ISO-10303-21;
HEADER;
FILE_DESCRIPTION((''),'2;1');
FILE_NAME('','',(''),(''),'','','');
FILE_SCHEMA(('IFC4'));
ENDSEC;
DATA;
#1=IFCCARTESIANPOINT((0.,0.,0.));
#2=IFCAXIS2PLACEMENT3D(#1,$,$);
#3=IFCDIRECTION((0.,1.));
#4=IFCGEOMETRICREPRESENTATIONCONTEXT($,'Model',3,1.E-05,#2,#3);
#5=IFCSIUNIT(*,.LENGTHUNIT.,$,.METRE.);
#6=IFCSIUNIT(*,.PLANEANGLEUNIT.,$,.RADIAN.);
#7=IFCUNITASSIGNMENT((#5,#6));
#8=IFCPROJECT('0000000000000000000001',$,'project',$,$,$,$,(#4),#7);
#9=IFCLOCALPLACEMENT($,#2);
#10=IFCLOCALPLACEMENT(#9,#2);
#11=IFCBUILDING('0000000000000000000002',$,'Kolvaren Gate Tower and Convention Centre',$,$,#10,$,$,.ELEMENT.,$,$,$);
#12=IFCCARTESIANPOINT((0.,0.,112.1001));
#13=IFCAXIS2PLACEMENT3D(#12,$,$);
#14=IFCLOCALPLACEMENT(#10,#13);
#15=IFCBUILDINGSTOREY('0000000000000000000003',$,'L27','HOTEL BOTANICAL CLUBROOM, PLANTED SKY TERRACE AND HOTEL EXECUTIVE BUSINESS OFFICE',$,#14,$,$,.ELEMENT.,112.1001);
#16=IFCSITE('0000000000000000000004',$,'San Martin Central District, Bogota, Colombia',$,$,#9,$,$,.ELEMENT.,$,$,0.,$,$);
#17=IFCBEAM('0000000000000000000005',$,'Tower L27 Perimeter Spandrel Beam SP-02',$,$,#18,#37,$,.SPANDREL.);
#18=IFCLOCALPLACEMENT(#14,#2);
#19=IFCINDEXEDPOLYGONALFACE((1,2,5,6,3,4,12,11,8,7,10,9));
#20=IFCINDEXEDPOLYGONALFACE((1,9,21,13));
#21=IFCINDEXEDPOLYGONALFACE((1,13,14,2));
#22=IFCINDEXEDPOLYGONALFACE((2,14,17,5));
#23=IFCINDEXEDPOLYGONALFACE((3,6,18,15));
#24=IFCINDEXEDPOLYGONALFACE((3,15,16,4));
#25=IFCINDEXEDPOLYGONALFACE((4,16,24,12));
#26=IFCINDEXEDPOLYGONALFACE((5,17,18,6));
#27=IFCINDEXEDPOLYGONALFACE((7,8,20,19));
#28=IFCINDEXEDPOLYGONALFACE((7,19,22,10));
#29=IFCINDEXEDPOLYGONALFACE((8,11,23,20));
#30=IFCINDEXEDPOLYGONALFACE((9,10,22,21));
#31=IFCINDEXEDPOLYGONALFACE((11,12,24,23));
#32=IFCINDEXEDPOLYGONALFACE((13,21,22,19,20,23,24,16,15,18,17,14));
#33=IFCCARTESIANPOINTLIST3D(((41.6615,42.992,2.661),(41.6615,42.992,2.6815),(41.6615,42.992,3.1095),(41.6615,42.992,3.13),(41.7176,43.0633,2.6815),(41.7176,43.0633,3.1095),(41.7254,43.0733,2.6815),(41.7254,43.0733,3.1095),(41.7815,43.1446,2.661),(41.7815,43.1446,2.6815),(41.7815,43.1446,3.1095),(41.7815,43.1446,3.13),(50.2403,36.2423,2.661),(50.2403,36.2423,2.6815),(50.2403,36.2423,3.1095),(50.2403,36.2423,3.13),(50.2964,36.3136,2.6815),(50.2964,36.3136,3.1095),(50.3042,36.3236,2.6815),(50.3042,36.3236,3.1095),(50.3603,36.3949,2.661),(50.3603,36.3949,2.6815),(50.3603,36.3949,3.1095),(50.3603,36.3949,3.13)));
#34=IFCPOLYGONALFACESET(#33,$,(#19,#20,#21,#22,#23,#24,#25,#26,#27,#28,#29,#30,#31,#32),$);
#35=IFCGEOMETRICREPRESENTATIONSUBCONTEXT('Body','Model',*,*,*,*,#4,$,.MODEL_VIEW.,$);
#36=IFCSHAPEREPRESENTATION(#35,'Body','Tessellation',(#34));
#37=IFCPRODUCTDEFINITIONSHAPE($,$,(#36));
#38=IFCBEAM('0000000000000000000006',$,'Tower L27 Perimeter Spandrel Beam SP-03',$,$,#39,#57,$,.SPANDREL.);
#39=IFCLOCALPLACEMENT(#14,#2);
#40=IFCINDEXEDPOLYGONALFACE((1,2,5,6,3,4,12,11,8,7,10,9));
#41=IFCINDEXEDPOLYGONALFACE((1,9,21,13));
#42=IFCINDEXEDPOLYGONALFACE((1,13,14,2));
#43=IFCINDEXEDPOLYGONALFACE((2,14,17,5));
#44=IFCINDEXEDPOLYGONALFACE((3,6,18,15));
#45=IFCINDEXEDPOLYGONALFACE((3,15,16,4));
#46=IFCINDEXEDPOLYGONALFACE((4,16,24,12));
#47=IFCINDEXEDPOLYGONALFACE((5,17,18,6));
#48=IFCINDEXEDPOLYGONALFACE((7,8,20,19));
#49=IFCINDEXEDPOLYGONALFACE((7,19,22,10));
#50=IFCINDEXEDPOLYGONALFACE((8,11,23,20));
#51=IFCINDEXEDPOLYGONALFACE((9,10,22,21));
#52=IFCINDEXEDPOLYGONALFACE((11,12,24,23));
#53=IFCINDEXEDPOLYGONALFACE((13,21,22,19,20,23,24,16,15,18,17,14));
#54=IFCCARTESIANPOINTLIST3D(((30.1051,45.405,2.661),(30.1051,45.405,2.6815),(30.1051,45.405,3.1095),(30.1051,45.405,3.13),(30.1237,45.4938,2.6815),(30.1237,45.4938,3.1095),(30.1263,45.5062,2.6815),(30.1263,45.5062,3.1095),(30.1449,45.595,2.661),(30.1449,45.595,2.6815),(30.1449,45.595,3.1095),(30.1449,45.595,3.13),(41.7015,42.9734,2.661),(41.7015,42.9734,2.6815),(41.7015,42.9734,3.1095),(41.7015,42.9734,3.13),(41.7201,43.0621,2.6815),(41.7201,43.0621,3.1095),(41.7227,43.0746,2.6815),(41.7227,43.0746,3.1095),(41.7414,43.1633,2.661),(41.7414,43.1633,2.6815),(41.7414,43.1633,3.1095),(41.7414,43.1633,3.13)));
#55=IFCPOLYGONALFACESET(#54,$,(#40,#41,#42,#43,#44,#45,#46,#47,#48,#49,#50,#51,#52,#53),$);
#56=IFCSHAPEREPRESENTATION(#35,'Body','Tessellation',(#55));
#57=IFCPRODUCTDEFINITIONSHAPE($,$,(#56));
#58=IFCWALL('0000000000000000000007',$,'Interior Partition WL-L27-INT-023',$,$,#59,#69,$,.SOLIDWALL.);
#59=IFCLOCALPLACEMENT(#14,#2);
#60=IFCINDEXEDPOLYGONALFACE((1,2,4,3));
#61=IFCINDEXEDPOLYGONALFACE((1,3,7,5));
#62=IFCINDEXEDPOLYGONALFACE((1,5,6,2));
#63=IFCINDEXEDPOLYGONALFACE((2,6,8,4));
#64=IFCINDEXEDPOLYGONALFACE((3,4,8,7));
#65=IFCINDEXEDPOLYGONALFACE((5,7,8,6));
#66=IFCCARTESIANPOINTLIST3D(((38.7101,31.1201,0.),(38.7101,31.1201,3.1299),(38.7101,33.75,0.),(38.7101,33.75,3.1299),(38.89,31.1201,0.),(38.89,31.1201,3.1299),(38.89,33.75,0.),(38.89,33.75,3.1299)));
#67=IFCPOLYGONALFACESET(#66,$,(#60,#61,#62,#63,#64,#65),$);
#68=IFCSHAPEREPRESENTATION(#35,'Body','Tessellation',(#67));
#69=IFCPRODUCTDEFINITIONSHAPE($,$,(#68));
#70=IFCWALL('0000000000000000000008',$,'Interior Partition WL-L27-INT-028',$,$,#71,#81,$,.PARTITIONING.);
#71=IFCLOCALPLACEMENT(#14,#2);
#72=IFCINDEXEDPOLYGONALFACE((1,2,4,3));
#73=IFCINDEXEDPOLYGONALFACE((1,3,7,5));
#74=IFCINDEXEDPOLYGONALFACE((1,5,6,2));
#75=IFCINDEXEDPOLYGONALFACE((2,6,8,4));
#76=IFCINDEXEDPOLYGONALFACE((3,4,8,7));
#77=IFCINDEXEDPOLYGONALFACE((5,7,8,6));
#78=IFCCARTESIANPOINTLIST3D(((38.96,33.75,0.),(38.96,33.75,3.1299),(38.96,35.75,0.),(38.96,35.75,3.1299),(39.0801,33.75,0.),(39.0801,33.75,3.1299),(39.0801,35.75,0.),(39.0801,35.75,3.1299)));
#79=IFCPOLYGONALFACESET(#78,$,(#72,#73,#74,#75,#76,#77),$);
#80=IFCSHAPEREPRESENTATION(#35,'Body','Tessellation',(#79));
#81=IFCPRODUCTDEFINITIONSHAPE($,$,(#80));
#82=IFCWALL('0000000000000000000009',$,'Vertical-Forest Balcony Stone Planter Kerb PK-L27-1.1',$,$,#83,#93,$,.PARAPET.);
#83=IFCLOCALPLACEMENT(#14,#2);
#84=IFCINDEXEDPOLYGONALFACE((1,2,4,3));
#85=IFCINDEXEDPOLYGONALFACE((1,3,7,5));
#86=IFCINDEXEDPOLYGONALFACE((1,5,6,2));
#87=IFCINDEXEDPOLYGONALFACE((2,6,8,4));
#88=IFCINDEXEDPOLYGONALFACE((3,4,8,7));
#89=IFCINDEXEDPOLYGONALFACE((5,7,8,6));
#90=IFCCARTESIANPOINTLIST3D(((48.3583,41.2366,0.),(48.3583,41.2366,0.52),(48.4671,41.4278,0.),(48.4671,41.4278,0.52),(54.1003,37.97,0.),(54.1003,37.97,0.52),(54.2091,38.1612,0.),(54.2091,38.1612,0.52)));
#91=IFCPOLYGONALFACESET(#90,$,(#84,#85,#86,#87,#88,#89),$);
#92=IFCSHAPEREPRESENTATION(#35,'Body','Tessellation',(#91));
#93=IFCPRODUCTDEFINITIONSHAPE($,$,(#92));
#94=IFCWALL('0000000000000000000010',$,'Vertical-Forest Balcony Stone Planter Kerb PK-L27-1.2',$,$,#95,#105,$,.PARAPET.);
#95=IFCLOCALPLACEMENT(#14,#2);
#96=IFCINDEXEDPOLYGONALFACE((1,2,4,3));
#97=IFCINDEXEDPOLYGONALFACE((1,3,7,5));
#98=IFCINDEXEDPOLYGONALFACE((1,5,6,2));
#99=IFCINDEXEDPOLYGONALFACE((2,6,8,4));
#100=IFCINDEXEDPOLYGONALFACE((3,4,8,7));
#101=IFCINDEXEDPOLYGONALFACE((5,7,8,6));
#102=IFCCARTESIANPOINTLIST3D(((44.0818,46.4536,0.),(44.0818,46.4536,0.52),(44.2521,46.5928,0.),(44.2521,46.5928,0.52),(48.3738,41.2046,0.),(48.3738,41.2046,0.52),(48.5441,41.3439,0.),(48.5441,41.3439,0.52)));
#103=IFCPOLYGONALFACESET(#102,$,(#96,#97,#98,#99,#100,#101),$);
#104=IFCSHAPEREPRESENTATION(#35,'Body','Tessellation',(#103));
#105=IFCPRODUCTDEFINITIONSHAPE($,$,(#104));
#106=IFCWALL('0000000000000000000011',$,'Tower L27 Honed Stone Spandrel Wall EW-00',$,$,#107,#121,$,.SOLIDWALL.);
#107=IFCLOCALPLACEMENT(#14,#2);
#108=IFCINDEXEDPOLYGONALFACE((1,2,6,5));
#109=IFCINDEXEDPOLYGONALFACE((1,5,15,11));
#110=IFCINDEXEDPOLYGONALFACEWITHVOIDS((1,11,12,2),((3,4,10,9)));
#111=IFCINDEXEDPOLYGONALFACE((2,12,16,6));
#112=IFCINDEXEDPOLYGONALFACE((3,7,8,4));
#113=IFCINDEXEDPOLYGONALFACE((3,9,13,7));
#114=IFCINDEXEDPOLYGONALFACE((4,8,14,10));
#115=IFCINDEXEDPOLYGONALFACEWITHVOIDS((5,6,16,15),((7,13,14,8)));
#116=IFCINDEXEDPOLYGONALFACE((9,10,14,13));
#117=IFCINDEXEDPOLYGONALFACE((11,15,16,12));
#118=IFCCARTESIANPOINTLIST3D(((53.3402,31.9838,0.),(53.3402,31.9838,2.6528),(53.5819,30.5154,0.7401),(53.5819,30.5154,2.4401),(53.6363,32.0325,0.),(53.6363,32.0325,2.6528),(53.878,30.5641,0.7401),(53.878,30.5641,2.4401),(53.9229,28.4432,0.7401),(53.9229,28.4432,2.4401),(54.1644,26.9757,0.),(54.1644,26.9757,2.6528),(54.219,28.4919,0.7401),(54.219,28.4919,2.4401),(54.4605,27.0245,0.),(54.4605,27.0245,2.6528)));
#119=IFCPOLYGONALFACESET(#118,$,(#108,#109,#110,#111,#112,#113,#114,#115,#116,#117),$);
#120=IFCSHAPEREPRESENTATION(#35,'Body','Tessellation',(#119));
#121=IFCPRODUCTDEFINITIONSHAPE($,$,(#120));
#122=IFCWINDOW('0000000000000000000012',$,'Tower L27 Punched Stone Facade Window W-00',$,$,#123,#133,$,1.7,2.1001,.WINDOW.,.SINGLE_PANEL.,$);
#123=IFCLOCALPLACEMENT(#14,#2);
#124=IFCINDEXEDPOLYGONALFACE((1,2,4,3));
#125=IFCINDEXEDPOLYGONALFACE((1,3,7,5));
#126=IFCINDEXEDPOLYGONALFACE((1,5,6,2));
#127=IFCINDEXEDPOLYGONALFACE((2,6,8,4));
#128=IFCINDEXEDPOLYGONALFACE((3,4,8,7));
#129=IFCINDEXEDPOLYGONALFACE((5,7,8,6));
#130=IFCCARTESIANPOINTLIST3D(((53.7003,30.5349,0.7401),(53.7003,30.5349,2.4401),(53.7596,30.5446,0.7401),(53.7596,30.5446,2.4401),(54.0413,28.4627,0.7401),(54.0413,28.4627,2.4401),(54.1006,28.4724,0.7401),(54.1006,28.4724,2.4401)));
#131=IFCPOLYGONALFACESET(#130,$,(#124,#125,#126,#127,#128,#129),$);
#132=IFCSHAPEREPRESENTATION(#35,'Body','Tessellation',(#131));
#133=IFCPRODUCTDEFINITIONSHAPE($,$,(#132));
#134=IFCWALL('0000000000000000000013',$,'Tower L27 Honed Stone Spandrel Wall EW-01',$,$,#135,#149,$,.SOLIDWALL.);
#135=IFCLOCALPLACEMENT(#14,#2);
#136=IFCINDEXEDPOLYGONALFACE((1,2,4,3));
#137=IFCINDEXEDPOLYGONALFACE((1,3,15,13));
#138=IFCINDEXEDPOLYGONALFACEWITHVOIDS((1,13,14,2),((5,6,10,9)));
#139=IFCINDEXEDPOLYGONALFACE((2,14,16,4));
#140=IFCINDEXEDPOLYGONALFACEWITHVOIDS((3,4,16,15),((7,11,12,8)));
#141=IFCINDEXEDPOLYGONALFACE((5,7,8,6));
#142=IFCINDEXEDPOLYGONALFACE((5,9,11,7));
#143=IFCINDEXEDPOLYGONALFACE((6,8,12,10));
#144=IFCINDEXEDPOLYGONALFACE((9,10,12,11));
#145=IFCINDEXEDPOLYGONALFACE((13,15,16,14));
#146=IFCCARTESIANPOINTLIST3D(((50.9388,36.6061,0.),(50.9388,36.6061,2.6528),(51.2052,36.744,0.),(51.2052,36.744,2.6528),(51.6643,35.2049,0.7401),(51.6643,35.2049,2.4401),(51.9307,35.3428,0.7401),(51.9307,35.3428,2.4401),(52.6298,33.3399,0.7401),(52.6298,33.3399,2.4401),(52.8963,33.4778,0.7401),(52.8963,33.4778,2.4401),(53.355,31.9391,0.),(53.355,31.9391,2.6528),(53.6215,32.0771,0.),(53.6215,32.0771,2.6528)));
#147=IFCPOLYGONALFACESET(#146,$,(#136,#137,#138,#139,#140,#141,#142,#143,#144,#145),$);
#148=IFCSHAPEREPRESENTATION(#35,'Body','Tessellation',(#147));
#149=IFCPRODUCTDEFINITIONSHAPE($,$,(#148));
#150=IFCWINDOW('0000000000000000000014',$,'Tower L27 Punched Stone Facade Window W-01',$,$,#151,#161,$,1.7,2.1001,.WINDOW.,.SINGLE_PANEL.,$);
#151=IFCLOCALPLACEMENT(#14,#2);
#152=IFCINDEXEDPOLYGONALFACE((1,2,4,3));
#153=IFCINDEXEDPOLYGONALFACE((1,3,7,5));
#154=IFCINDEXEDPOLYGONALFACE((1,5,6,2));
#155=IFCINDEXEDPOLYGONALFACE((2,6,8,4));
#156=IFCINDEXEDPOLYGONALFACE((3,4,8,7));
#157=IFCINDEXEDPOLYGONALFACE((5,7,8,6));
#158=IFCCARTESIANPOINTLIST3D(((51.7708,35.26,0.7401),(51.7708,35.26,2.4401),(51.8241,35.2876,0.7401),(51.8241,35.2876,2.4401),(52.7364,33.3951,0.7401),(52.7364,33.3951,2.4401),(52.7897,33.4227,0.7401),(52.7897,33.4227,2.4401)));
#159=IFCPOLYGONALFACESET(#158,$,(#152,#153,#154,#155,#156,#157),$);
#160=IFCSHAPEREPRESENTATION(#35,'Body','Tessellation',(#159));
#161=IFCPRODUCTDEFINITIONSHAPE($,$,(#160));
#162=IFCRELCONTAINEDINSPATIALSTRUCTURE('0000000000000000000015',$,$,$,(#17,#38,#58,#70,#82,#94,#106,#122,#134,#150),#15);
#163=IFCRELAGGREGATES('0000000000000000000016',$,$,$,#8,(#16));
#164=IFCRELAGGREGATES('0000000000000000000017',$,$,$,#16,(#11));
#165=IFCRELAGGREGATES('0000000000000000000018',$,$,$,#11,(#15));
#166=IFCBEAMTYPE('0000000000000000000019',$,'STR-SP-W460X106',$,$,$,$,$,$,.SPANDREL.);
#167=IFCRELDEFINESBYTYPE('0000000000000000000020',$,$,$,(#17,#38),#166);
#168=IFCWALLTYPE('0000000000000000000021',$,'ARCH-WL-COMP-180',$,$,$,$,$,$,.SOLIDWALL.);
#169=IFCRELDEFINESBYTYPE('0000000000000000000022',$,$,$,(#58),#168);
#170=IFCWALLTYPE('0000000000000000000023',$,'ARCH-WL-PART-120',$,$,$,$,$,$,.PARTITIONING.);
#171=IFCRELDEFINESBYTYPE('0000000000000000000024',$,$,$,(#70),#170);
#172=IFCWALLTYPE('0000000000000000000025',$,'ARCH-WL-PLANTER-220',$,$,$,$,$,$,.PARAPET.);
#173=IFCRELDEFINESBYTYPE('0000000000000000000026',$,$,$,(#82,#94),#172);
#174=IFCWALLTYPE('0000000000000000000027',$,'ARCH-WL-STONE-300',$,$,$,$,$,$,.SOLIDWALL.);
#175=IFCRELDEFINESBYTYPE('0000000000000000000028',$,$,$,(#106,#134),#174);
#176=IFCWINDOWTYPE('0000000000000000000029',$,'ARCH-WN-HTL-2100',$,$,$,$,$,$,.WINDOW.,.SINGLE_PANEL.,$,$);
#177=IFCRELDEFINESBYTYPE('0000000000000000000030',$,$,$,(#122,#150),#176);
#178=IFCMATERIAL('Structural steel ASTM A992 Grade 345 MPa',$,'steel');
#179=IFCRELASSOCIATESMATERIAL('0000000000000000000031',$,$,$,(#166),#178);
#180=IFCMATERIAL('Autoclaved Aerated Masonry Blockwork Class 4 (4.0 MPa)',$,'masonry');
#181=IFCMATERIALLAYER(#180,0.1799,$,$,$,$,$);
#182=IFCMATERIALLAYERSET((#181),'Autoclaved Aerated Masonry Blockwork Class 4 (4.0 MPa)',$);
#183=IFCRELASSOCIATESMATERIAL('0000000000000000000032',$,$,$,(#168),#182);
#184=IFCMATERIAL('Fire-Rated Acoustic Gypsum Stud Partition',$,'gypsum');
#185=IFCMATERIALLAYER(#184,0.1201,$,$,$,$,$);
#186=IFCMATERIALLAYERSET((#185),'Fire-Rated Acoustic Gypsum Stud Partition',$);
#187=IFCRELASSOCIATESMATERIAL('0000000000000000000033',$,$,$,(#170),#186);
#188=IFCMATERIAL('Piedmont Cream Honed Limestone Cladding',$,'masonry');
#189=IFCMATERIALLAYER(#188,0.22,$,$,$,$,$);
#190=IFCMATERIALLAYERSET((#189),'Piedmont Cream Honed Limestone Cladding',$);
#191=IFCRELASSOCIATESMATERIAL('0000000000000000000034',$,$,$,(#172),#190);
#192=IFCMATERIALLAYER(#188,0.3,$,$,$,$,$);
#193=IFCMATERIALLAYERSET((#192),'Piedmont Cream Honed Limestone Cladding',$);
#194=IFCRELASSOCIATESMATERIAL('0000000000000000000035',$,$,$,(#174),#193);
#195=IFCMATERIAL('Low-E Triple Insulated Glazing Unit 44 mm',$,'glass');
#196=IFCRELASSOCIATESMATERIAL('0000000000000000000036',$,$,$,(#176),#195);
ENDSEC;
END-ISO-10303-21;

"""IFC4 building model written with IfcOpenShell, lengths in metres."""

from ifc_helpers import new_model, si_unit, direction, frame, frame_2d, origin, origin_2d, place, context, subcontext, project, spatial, rectangle, i_section, extrude, material, layer, layer_set, material_profile, profile_set, type_object, element, fill, save


model = new_model("IFC4")

# Units and contexts
model_context = context("Model", 3, precision=1e-05, world=origin(), true_north=direction((0.0, 1.0)))
body_context = subcontext(model_context, "Body", "Model", "MODEL_VIEW")
ifc_project = project(units=[si_unit("LENGTHUNIT", "METRE"), si_unit("PLANEANGLEUNIT", "RADIAN")], contexts=[model_context])

# Site, building, storey
site_placement = place(None, origin())
site = spatial("IfcSite", under=ifc_project, at=site_placement, Name="San Martin Central District, Bogota, Colombia", CompositionType="ELEMENT", RefElevation=0.0)
building_placement = place(site_placement, origin())
building = spatial("IfcBuilding", under=site, at=building_placement, Name="Kolvaren Gate Tower and Convention Centre", CompositionType="ELEMENT")
storey_placement = place(building_placement, frame((0.0, 0.0, 112.1001)))
storey = spatial("IfcBuildingStorey", under=building, at=storey_placement, Name="L27", Description="HOTEL BOTANICAL CLUBROOM, PLANTED SKY TERRACE AND HOTEL EXECUTIVE BUSINESS OFFICE", CompositionType="ELEMENT", Elevation=112.1001)

# Beams
ifc_material_1 = material(Name="Structural steel ASTM A992 Grade 345 MPa", Category="steel")
ifc_material_profile_1 = material_profile(ifc_material_1, i_section(OverallWidth=0.1941, OverallDepth=0.469, WebThickness=0.0127, FlangeThickness=0.0205, at=origin_2d()), Name="W460X106")
ifc_profile_set_1 = profile_set([ifc_material_profile_1], Name="Structural steel ASTM A992 Grade 345 MPa")
beam_type_1 = type_object("IfcBeamType", Name="STR-SP-W460X106", PredefinedType="SPANDREL", material=ifc_profile_set_1)
beam_1_placement = place(storey_placement, frame((50.3003, 36.3186, 2.8955), z_axis=(-0.785908, 0.618344, 0.0), x_axis=(-0.618344, -0.785908, 0.0)))
element("IfcBeam", 1, at=beam_1_placement, inside=storey, type_object=beam_type_1, Name="Tower L27 Perimeter Spandrel Beam SP-02", PredefinedType="SPANDREL", context=body_context, shape_type="SweptSolid", body=[
    extrude(i_section(OverallWidth=0.1941, OverallDepth=0.469, WebThickness=0.0127, FlangeThickness=0.0205, at=origin_2d()), origin(), (0.0, 0.0, 1.0), 10.9158),
])
beam_2_placement = place(storey_placement, frame((41.7214, 43.0684, 2.8955), z_axis=(-0.978715, 0.205225, 0.0), x_axis=(-0.205225, -0.978715, 0.0)))
element("IfcBeam", 2, at=beam_2_placement, inside=storey, type_object=beam_type_1, Name="Tower L27 Perimeter Spandrel Beam SP-03", PredefinedType="SPANDREL", context=body_context, shape_type="SweptSolid", body=[
    extrude(i_section(OverallWidth=0.1941, OverallDepth=0.469, WebThickness=0.0127, FlangeThickness=0.0205, at=origin_2d()), origin(), (0.0, 0.0, 1.0), 11.8486),
])

# Walls
ifc_material_2 = material(Name="Autoclaved Aerated Masonry Blockwork Class 4 (4.0 MPa)", Category="masonry")
ifc_layer_1 = layer(ifc_material_2, 0.1799)
ifc_layer_set_1 = layer_set([ifc_layer_1], Name="Autoclaved Aerated Masonry Blockwork Class 4 (4.0 MPa)")
wall_type_1 = type_object("IfcWallType", Name="ARCH-WL-COMP-180", PredefinedType="SOLIDWALL", material=ifc_layer_set_1)
wall_1_placement = place(storey_placement, frame((38.8, 31.1201, 0.0), z_axis=(0.0, 0.0, 1.0), x_axis=(0.0, 1.0, 0.0)))
element("IfcWall", 3, at=wall_1_placement, inside=storey, type_object=wall_type_1, Name="Interior Partition WL-L27-INT-023", PredefinedType="SOLIDWALL", context=body_context, shape_type="SweptSolid", body=[
    extrude(rectangle(XDim=2.6299, YDim=0.1799, at=frame_2d((1.3149, 0.0))), origin(), (0.0, 0.0, 1.0), 3.1299),
])
ifc_material_3 = material(Name="Fire-Rated Acoustic Gypsum Stud Partition", Category="gypsum")
ifc_layer_2 = layer(ifc_material_3, 0.1201)
ifc_layer_set_2 = layer_set([ifc_layer_2], Name="Fire-Rated Acoustic Gypsum Stud Partition")
wall_type_2 = type_object("IfcWallType", Name="ARCH-WL-PART-120", PredefinedType="PARTITIONING", material=ifc_layer_set_2)
wall_2_placement = place(storey_placement, frame((39.02, 33.75, 0.0), z_axis=(0.0, 0.0, 1.0), x_axis=(0.0, 1.0, 0.0)))
element("IfcWall", 4, at=wall_2_placement, inside=storey, type_object=wall_type_2, Name="Interior Partition WL-L27-INT-028", PredefinedType="PARTITIONING", context=body_context, shape_type="SweptSolid", body=[
    extrude(rectangle(XDim=2.0, YDim=0.1201, at=frame_2d((1.0, 0.0))), origin(), (0.0, 0.0, 1.0), 3.1299),
])
ifc_material_4 = material(Name="Piedmont Cream Honed Limestone Cladding", Category="masonry")
ifc_layer_3 = layer(ifc_material_4, 0.22)
ifc_layer_set_3 = layer_set([ifc_layer_3], Name="Piedmont Cream Honed Limestone Cladding")
wall_type_3 = type_object("IfcWallType", Name="ARCH-WL-PLANTER-220", PredefinedType="PARAPET", material=ifc_layer_set_3)
wall_3_placement = place(storey_placement, frame((48.4126, 41.3323, 0.0), z_axis=(0.0, 0.0, 1.0), x_axis=(0.869188, -0.494482, 0.0)))
element("IfcWall", 5, at=wall_3_placement, inside=storey, type_object=wall_type_3, Name="Vertical-Forest Balcony Stone Planter Kerb PK-L27-1.1", PredefinedType="PARAPET", context=body_context, shape_type="SweptSolid", body=[
    extrude(rectangle(XDim=6.6062, YDim=0.22, at=frame_2d((3.3032, 0.0))), origin(), (0.0, 0.0, 1.0), 0.52),
])
wall_4_placement = place(storey_placement, frame((44.167, 46.5232, 0.0), z_axis=(0.0, 0.0, 1.0), x_axis=(0.633002, -0.77415, 0.0)))
element("IfcWall", 6, at=wall_4_placement, inside=storey, type_object=wall_type_3, Name="Vertical-Forest Balcony Stone Planter Kerb PK-L27-1.2", PredefinedType="PARAPET", context=body_context, shape_type="SweptSolid", body=[
    extrude(rectangle(XDim=6.7803, YDim=0.22, at=frame_2d((3.3901, 0.0))), origin(), (0.0, 0.0, 1.0), 0.52),
])

# Walls, openings, windows
ifc_layer_4 = layer(ifc_material_4, 0.3)
ifc_layer_set_4 = layer_set([ifc_layer_4], Name="Piedmont Cream Honed Limestone Cladding")
wall_type_4 = type_object("IfcWallType", Name="ARCH-WL-STONE-300", PredefinedType="SOLIDWALL", material=ifc_layer_set_4)
wall_5_placement = place(storey_placement, frame((53.4883, 32.0081, 0.0), z_axis=(0.0, 0.0, 1.0), x_axis=(0.162394, -0.986726, 0.0)))
wall_5 = element("IfcWall", 7, at=wall_5_placement, inside=storey, type_object=wall_type_4, Name="Tower L27 Honed Stone Spandrel Wall EW-00", PredefinedType="SOLIDWALL", context=body_context, shape_type="SweptSolid", body=[
    extrude(rectangle(XDim=5.0754, YDim=0.3, at=frame_2d((2.5376, 0.0))), origin(), (0.0, 0.0, 1.0), 2.6528),
])
opening_1_placement = place(wall_5_placement, frame((1.488, 0.0, 0.74)))
opening_1 = element("IfcOpeningElement", 8, at=opening_1_placement, cuts=wall_5, PredefinedType="OPENING", context=body_context, shape_type="SweptSolid", body=[
    extrude(rectangle(XDim=2.1001, YDim=1.7, at=frame_2d((1.05, 0.8501))), frame((0.0, 0.1599, 0.0), z_axis=(0.0, -1.0, 0.0), x_axis=(1.0, 0.0, 0.0)), (0.0, 0.0, 1.0), 0.3201),
])
ifc_material_5 = material(Name="Low-E Triple Insulated Glazing Unit 44 mm", Category="glass")
window_type = type_object("IfcWindowType", Name="ARCH-WN-HTL-2100", PartitioningType="SINGLE_PANEL", PredefinedType="WINDOW", material=ifc_material_5)
window_1_placement = place(opening_1_placement, origin())
window_1 = element("IfcWindow", 9, at=window_1_placement, inside=storey, type_object=window_type, Name="Tower L27 Punched Stone Facade Window W-00", OverallHeight=1.7, OverallWidth=2.1001, PartitioningType="SINGLE_PANEL", PredefinedType="WINDOW", context=body_context, shape_type="SweptSolid", body=[
    extrude(rectangle(XDim=2.1001, YDim=1.7, at=frame_2d((1.05, 0.8501))), frame((0.0, 0.03, 0.0), z_axis=(0.0, -1.0, 0.0), x_axis=(1.0, 0.0, 0.0)), (0.0, 0.0, 1.0), 0.0601),
])
fill(opening_1, window_1)
wall_6_placement = place(storey_placement, frame((51.072, 36.675, 0.0), z_axis=(0.0, 0.0, 1.0), x_axis=(0.459768, -0.888039, 0.0)))
wall_6 = element("IfcWall", 10, at=wall_6_placement, inside=storey, type_object=wall_type_4, Name="Tower L27 Honed Stone Spandrel Wall EW-01", PredefinedType="SOLIDWALL", context=body_context, shape_type="SweptSolid", body=[
    extrude(rectangle(XDim=5.2554, YDim=0.3, at=frame_2d((2.6277, 0.0))), origin(), (0.0, 0.0, 1.0), 2.6528),
])
opening_2_placement = place(wall_6_placement, frame((1.5779, 0.0, 0.74)))
opening_2 = element("IfcOpeningElement", 11, at=opening_2_placement, cuts=wall_6, PredefinedType="OPENING", context=body_context, shape_type="SweptSolid", body=[
    extrude(rectangle(XDim=2.1001, YDim=1.7, at=frame_2d((1.05, 0.8501))), frame((0.0, 0.1599, 0.0), z_axis=(0.0, -1.0, 0.0), x_axis=(1.0, 0.0, 0.0)), (0.0, 0.0, 1.0), 0.3201),
])
window_2_placement = place(opening_2_placement, origin())
window_2 = element("IfcWindow", 12, at=window_2_placement, inside=storey, type_object=window_type, Name="Tower L27 Punched Stone Facade Window W-01", OverallHeight=1.7, OverallWidth=2.1001, PartitioningType="SINGLE_PANEL", PredefinedType="WINDOW", context=body_context, shape_type="SweptSolid", body=[
    extrude(rectangle(XDim=2.1001, YDim=1.7, at=frame_2d((1.05, 0.8501))), frame((0.0, 0.03, 0.0), z_axis=(0.0, -1.0, 0.0), x_axis=(1.0, 0.0, 0.0)), (0.0, 0.0, 1.0), 0.0601),
])
fill(opening_2, window_2)

save(model, "model.ifc")
